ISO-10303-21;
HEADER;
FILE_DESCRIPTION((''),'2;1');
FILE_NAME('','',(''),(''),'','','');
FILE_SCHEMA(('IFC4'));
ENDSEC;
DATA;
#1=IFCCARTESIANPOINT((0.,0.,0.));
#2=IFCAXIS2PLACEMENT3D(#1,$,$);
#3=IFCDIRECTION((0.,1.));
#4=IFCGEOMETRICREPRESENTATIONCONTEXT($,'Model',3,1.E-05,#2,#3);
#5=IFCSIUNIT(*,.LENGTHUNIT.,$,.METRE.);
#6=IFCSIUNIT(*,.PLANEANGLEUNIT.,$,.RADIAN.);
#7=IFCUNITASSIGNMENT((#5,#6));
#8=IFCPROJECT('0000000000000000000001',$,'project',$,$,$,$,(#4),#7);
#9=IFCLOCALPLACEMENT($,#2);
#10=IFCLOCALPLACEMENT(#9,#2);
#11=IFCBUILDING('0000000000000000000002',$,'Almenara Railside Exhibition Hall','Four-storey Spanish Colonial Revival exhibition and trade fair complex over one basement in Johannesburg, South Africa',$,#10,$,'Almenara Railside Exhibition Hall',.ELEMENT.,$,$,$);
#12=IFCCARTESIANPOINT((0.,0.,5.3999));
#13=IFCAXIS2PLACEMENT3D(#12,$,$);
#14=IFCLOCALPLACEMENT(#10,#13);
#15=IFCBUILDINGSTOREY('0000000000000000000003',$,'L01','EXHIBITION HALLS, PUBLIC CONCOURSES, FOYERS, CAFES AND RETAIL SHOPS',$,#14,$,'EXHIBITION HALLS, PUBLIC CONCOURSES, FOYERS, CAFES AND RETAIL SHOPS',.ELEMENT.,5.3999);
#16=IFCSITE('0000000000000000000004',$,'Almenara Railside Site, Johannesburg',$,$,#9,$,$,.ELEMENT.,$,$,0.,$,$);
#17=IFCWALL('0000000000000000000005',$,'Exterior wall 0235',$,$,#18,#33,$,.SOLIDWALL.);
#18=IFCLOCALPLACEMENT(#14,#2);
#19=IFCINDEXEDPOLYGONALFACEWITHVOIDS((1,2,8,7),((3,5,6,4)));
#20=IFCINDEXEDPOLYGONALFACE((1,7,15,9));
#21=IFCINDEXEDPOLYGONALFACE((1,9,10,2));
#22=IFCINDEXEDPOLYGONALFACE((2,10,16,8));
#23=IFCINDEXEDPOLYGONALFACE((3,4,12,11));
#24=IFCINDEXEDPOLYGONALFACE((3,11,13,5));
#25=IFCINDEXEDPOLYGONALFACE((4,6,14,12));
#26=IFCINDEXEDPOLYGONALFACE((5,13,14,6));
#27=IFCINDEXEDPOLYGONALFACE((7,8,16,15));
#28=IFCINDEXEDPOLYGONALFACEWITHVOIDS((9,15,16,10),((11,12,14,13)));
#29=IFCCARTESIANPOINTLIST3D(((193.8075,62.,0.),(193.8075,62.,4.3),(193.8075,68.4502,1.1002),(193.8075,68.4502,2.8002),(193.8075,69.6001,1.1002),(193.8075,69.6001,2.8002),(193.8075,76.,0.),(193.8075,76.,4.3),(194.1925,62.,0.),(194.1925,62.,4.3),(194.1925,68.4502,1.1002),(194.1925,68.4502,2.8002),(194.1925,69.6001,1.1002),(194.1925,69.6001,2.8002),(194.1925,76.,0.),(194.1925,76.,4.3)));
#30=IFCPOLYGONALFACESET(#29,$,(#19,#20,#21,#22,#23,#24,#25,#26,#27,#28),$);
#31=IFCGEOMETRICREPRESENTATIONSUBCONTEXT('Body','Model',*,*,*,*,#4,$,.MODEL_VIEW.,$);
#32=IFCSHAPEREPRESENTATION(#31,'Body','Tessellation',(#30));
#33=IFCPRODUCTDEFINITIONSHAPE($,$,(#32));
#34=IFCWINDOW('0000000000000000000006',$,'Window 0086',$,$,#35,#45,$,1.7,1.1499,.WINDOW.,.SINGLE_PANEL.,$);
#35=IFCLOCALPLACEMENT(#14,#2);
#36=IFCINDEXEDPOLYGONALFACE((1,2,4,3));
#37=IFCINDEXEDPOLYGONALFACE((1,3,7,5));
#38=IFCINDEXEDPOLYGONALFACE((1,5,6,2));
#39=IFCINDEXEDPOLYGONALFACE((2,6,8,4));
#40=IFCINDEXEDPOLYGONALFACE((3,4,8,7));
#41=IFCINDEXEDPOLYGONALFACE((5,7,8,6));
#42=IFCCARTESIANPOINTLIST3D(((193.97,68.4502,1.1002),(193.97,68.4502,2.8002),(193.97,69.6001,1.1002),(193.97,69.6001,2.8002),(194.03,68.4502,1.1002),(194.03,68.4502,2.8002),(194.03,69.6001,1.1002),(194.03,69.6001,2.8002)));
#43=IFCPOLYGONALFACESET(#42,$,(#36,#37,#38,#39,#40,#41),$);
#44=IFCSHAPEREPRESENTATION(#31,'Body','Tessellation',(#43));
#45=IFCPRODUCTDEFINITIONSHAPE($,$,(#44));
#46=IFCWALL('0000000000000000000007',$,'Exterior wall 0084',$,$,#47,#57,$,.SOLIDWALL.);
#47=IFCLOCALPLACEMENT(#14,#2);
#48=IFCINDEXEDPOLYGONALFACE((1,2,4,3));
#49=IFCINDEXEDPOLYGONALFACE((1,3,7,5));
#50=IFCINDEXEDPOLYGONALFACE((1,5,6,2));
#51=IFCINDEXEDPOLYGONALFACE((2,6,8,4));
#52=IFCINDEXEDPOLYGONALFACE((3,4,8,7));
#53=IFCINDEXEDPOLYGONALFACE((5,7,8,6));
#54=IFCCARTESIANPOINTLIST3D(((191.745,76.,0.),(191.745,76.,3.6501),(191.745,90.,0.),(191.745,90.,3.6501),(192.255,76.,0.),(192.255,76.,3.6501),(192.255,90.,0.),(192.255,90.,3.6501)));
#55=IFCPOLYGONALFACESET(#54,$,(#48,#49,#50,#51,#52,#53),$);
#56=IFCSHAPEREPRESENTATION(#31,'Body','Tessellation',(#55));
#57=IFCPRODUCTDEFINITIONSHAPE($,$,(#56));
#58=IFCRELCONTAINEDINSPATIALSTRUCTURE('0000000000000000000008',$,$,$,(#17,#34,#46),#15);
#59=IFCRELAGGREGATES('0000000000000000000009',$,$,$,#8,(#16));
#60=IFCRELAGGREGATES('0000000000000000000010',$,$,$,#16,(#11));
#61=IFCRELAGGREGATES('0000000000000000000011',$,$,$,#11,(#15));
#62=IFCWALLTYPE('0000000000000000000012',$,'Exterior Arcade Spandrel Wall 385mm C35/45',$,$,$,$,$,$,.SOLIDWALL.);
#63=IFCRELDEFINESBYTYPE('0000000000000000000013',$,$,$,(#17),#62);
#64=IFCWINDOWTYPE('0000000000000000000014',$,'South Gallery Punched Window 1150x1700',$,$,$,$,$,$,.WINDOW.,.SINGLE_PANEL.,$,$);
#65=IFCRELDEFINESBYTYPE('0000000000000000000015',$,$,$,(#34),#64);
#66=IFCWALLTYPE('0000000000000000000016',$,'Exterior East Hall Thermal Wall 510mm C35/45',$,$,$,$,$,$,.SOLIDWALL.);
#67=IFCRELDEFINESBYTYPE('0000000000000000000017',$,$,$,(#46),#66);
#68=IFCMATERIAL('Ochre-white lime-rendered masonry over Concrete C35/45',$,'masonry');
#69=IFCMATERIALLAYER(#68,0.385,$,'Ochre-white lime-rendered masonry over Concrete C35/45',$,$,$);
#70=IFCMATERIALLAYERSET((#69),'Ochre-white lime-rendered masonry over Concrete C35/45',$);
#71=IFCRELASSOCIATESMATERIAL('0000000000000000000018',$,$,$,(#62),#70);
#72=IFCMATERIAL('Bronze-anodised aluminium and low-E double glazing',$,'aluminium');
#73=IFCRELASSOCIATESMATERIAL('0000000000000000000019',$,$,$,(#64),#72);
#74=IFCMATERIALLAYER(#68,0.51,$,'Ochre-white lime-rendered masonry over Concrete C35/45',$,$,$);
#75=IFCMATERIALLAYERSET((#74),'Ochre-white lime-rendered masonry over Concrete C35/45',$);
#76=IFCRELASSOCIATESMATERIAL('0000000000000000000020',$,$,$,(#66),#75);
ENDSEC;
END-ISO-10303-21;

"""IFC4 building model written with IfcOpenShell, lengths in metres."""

from ifc_helpers import new_model, si_unit, direction, frame, frame_2d, origin, place, context, subcontext, project, spatial, rectangle, extrude, material, layer, layer_set, type_object, element, fill, save


model = new_model("IFC4")

# Units and contexts
model_context = context("Model", 3, precision=1e-05, world=origin(), true_north=direction((0.0, 1.0)))
body_context = subcontext(model_context, "Body", "Model", "MODEL_VIEW")
ifc_project = project(units=[si_unit("LENGTHUNIT", "METRE"), si_unit("PLANEANGLEUNIT", "RADIAN")], contexts=[model_context])

# Site, building, storey
site_placement = place(None, origin())
site = spatial("IfcSite", under=ifc_project, at=site_placement, Name="Almenara Railside Site, Johannesburg", CompositionType="ELEMENT", RefElevation=0.0)
building_placement = place(site_placement, origin())
building = spatial("IfcBuilding", under=site, at=building_placement, Name="Almenara Railside Exhibition Hall", Description="Four-storey Spanish Colonial Revival exhibition and trade fair complex over one basement in Johannesburg, South Africa", LongName="Almenara Railside Exhibition Hall", CompositionType="ELEMENT")
storey_placement = place(building_placement, frame((0.0, 0.0, 5.3999)))
storey = spatial("IfcBuildingStorey", under=building, at=storey_placement, Name="L01", Description="EXHIBITION HALLS, PUBLIC CONCOURSES, FOYERS, CAFES AND RETAIL SHOPS", LongName="EXHIBITION HALLS, PUBLIC CONCOURSES, FOYERS, CAFES AND RETAIL SHOPS", CompositionType="ELEMENT", Elevation=5.3999)

# Shared definitions
ifc_material_1 = material(Name="Bronze-anodised aluminium and low-E double glazing", Category="aluminium")

# Wall, opening, window
ifc_material_2 = material(Name="Ochre-white lime-rendered masonry over Concrete C35/45", Category="masonry")
ifc_layer_1 = layer(ifc_material_2, 0.385, Name="Ochre-white lime-rendered masonry over Concrete C35/45")
ifc_layer_set_1 = layer_set([ifc_layer_1], Name="Ochre-white lime-rendered masonry over Concrete C35/45")
wall_type_1 = type_object("IfcWallType", Name="Exterior Arcade Spandrel Wall 385mm C35/45", PredefinedType="SOLIDWALL", material=ifc_layer_set_1)
wall_1_placement = place(storey_placement, frame((194.0, 76.0, 0.0), z_axis=(0.0, 0.0, 1.0), x_axis=(0.0, -1.0, 0.0)))
wall_1 = element("IfcWall", 1, at=wall_1_placement, inside=storey, type_object=wall_type_1, Name="Exterior wall 0235", PredefinedType="SOLIDWALL", context=body_context, shape_type="SweptSolid", body=[
    extrude(rectangle(XDim=14.0, YDim=0.385, at=frame_2d((7.0, 0.0))), origin(), (0.0, 0.0, 1.0), 4.3),
])
opening_placement = place(wall_1_placement, frame((6.3999, 0.0, 1.1001)))
opening = element("IfcOpeningElement", 2, at=opening_placement, cuts=wall_1, PredefinedType="OPENING", context=body_context, shape_type="SweptSolid", body=[
    extrude(rectangle(XDim=1.1499, YDim=1.7, at=frame_2d((0.575, 0.8501))), frame((0.0, 0.2024, 0.0), z_axis=(0.0, -1.0, 0.0), x_axis=(1.0, 0.0, 0.0)), (0.0, 0.0, 1.0), 0.405),
])
window_type = type_object("IfcWindowType", Name="South Gallery Punched Window 1150x1700", PartitioningType="SINGLE_PANEL", PredefinedType="WINDOW", material=ifc_material_1)
window_placement = place(opening_placement, origin())
window = element("IfcWindow", 3, at=window_placement, inside=storey, type_object=window_type, Name="Window 0086", OverallHeight=1.7, OverallWidth=1.1499, PartitioningType="SINGLE_PANEL", PredefinedType="WINDOW", context=body_context, shape_type="SweptSolid", body=[
    extrude(rectangle(XDim=1.1499, YDim=1.7, at=frame_2d((0.575, 0.8501))), frame((0.0, 0.03, 0.0), z_axis=(0.0, -1.0, 0.0), x_axis=(1.0, 0.0, 0.0)), (0.0, 0.0, 1.0), 0.0601),
])
fill(opening, window)

# Wall
ifc_layer_2 = layer(ifc_material_2, 0.51, Name="Ochre-white lime-rendered masonry over Concrete C35/45")
ifc_layer_set_2 = layer_set([ifc_layer_2], Name="Ochre-white lime-rendered masonry over Concrete C35/45")
wall_type_2 = type_object("IfcWallType", Name="Exterior East Hall Thermal Wall 510mm C35/45", PredefinedType="SOLIDWALL", material=ifc_layer_set_2)
wall_2_placement = place(storey_placement, frame((192.0, 76.0, 0.0), z_axis=(0.0, 0.0, 1.0), x_axis=(0.0, 1.0, 0.0)))
element("IfcWall", 4, at=wall_2_placement, inside=storey, type_object=wall_type_2, Name="Exterior wall 0084", PredefinedType="SOLIDWALL", context=body_context, shape_type="SweptSolid", body=[
    extrude(rectangle(XDim=14.0, YDim=0.51, at=frame_2d((7.0, 0.0))), origin(), (0.0, 0.0, 1.0), 3.6501),
])

save(model, "model.ifc")
